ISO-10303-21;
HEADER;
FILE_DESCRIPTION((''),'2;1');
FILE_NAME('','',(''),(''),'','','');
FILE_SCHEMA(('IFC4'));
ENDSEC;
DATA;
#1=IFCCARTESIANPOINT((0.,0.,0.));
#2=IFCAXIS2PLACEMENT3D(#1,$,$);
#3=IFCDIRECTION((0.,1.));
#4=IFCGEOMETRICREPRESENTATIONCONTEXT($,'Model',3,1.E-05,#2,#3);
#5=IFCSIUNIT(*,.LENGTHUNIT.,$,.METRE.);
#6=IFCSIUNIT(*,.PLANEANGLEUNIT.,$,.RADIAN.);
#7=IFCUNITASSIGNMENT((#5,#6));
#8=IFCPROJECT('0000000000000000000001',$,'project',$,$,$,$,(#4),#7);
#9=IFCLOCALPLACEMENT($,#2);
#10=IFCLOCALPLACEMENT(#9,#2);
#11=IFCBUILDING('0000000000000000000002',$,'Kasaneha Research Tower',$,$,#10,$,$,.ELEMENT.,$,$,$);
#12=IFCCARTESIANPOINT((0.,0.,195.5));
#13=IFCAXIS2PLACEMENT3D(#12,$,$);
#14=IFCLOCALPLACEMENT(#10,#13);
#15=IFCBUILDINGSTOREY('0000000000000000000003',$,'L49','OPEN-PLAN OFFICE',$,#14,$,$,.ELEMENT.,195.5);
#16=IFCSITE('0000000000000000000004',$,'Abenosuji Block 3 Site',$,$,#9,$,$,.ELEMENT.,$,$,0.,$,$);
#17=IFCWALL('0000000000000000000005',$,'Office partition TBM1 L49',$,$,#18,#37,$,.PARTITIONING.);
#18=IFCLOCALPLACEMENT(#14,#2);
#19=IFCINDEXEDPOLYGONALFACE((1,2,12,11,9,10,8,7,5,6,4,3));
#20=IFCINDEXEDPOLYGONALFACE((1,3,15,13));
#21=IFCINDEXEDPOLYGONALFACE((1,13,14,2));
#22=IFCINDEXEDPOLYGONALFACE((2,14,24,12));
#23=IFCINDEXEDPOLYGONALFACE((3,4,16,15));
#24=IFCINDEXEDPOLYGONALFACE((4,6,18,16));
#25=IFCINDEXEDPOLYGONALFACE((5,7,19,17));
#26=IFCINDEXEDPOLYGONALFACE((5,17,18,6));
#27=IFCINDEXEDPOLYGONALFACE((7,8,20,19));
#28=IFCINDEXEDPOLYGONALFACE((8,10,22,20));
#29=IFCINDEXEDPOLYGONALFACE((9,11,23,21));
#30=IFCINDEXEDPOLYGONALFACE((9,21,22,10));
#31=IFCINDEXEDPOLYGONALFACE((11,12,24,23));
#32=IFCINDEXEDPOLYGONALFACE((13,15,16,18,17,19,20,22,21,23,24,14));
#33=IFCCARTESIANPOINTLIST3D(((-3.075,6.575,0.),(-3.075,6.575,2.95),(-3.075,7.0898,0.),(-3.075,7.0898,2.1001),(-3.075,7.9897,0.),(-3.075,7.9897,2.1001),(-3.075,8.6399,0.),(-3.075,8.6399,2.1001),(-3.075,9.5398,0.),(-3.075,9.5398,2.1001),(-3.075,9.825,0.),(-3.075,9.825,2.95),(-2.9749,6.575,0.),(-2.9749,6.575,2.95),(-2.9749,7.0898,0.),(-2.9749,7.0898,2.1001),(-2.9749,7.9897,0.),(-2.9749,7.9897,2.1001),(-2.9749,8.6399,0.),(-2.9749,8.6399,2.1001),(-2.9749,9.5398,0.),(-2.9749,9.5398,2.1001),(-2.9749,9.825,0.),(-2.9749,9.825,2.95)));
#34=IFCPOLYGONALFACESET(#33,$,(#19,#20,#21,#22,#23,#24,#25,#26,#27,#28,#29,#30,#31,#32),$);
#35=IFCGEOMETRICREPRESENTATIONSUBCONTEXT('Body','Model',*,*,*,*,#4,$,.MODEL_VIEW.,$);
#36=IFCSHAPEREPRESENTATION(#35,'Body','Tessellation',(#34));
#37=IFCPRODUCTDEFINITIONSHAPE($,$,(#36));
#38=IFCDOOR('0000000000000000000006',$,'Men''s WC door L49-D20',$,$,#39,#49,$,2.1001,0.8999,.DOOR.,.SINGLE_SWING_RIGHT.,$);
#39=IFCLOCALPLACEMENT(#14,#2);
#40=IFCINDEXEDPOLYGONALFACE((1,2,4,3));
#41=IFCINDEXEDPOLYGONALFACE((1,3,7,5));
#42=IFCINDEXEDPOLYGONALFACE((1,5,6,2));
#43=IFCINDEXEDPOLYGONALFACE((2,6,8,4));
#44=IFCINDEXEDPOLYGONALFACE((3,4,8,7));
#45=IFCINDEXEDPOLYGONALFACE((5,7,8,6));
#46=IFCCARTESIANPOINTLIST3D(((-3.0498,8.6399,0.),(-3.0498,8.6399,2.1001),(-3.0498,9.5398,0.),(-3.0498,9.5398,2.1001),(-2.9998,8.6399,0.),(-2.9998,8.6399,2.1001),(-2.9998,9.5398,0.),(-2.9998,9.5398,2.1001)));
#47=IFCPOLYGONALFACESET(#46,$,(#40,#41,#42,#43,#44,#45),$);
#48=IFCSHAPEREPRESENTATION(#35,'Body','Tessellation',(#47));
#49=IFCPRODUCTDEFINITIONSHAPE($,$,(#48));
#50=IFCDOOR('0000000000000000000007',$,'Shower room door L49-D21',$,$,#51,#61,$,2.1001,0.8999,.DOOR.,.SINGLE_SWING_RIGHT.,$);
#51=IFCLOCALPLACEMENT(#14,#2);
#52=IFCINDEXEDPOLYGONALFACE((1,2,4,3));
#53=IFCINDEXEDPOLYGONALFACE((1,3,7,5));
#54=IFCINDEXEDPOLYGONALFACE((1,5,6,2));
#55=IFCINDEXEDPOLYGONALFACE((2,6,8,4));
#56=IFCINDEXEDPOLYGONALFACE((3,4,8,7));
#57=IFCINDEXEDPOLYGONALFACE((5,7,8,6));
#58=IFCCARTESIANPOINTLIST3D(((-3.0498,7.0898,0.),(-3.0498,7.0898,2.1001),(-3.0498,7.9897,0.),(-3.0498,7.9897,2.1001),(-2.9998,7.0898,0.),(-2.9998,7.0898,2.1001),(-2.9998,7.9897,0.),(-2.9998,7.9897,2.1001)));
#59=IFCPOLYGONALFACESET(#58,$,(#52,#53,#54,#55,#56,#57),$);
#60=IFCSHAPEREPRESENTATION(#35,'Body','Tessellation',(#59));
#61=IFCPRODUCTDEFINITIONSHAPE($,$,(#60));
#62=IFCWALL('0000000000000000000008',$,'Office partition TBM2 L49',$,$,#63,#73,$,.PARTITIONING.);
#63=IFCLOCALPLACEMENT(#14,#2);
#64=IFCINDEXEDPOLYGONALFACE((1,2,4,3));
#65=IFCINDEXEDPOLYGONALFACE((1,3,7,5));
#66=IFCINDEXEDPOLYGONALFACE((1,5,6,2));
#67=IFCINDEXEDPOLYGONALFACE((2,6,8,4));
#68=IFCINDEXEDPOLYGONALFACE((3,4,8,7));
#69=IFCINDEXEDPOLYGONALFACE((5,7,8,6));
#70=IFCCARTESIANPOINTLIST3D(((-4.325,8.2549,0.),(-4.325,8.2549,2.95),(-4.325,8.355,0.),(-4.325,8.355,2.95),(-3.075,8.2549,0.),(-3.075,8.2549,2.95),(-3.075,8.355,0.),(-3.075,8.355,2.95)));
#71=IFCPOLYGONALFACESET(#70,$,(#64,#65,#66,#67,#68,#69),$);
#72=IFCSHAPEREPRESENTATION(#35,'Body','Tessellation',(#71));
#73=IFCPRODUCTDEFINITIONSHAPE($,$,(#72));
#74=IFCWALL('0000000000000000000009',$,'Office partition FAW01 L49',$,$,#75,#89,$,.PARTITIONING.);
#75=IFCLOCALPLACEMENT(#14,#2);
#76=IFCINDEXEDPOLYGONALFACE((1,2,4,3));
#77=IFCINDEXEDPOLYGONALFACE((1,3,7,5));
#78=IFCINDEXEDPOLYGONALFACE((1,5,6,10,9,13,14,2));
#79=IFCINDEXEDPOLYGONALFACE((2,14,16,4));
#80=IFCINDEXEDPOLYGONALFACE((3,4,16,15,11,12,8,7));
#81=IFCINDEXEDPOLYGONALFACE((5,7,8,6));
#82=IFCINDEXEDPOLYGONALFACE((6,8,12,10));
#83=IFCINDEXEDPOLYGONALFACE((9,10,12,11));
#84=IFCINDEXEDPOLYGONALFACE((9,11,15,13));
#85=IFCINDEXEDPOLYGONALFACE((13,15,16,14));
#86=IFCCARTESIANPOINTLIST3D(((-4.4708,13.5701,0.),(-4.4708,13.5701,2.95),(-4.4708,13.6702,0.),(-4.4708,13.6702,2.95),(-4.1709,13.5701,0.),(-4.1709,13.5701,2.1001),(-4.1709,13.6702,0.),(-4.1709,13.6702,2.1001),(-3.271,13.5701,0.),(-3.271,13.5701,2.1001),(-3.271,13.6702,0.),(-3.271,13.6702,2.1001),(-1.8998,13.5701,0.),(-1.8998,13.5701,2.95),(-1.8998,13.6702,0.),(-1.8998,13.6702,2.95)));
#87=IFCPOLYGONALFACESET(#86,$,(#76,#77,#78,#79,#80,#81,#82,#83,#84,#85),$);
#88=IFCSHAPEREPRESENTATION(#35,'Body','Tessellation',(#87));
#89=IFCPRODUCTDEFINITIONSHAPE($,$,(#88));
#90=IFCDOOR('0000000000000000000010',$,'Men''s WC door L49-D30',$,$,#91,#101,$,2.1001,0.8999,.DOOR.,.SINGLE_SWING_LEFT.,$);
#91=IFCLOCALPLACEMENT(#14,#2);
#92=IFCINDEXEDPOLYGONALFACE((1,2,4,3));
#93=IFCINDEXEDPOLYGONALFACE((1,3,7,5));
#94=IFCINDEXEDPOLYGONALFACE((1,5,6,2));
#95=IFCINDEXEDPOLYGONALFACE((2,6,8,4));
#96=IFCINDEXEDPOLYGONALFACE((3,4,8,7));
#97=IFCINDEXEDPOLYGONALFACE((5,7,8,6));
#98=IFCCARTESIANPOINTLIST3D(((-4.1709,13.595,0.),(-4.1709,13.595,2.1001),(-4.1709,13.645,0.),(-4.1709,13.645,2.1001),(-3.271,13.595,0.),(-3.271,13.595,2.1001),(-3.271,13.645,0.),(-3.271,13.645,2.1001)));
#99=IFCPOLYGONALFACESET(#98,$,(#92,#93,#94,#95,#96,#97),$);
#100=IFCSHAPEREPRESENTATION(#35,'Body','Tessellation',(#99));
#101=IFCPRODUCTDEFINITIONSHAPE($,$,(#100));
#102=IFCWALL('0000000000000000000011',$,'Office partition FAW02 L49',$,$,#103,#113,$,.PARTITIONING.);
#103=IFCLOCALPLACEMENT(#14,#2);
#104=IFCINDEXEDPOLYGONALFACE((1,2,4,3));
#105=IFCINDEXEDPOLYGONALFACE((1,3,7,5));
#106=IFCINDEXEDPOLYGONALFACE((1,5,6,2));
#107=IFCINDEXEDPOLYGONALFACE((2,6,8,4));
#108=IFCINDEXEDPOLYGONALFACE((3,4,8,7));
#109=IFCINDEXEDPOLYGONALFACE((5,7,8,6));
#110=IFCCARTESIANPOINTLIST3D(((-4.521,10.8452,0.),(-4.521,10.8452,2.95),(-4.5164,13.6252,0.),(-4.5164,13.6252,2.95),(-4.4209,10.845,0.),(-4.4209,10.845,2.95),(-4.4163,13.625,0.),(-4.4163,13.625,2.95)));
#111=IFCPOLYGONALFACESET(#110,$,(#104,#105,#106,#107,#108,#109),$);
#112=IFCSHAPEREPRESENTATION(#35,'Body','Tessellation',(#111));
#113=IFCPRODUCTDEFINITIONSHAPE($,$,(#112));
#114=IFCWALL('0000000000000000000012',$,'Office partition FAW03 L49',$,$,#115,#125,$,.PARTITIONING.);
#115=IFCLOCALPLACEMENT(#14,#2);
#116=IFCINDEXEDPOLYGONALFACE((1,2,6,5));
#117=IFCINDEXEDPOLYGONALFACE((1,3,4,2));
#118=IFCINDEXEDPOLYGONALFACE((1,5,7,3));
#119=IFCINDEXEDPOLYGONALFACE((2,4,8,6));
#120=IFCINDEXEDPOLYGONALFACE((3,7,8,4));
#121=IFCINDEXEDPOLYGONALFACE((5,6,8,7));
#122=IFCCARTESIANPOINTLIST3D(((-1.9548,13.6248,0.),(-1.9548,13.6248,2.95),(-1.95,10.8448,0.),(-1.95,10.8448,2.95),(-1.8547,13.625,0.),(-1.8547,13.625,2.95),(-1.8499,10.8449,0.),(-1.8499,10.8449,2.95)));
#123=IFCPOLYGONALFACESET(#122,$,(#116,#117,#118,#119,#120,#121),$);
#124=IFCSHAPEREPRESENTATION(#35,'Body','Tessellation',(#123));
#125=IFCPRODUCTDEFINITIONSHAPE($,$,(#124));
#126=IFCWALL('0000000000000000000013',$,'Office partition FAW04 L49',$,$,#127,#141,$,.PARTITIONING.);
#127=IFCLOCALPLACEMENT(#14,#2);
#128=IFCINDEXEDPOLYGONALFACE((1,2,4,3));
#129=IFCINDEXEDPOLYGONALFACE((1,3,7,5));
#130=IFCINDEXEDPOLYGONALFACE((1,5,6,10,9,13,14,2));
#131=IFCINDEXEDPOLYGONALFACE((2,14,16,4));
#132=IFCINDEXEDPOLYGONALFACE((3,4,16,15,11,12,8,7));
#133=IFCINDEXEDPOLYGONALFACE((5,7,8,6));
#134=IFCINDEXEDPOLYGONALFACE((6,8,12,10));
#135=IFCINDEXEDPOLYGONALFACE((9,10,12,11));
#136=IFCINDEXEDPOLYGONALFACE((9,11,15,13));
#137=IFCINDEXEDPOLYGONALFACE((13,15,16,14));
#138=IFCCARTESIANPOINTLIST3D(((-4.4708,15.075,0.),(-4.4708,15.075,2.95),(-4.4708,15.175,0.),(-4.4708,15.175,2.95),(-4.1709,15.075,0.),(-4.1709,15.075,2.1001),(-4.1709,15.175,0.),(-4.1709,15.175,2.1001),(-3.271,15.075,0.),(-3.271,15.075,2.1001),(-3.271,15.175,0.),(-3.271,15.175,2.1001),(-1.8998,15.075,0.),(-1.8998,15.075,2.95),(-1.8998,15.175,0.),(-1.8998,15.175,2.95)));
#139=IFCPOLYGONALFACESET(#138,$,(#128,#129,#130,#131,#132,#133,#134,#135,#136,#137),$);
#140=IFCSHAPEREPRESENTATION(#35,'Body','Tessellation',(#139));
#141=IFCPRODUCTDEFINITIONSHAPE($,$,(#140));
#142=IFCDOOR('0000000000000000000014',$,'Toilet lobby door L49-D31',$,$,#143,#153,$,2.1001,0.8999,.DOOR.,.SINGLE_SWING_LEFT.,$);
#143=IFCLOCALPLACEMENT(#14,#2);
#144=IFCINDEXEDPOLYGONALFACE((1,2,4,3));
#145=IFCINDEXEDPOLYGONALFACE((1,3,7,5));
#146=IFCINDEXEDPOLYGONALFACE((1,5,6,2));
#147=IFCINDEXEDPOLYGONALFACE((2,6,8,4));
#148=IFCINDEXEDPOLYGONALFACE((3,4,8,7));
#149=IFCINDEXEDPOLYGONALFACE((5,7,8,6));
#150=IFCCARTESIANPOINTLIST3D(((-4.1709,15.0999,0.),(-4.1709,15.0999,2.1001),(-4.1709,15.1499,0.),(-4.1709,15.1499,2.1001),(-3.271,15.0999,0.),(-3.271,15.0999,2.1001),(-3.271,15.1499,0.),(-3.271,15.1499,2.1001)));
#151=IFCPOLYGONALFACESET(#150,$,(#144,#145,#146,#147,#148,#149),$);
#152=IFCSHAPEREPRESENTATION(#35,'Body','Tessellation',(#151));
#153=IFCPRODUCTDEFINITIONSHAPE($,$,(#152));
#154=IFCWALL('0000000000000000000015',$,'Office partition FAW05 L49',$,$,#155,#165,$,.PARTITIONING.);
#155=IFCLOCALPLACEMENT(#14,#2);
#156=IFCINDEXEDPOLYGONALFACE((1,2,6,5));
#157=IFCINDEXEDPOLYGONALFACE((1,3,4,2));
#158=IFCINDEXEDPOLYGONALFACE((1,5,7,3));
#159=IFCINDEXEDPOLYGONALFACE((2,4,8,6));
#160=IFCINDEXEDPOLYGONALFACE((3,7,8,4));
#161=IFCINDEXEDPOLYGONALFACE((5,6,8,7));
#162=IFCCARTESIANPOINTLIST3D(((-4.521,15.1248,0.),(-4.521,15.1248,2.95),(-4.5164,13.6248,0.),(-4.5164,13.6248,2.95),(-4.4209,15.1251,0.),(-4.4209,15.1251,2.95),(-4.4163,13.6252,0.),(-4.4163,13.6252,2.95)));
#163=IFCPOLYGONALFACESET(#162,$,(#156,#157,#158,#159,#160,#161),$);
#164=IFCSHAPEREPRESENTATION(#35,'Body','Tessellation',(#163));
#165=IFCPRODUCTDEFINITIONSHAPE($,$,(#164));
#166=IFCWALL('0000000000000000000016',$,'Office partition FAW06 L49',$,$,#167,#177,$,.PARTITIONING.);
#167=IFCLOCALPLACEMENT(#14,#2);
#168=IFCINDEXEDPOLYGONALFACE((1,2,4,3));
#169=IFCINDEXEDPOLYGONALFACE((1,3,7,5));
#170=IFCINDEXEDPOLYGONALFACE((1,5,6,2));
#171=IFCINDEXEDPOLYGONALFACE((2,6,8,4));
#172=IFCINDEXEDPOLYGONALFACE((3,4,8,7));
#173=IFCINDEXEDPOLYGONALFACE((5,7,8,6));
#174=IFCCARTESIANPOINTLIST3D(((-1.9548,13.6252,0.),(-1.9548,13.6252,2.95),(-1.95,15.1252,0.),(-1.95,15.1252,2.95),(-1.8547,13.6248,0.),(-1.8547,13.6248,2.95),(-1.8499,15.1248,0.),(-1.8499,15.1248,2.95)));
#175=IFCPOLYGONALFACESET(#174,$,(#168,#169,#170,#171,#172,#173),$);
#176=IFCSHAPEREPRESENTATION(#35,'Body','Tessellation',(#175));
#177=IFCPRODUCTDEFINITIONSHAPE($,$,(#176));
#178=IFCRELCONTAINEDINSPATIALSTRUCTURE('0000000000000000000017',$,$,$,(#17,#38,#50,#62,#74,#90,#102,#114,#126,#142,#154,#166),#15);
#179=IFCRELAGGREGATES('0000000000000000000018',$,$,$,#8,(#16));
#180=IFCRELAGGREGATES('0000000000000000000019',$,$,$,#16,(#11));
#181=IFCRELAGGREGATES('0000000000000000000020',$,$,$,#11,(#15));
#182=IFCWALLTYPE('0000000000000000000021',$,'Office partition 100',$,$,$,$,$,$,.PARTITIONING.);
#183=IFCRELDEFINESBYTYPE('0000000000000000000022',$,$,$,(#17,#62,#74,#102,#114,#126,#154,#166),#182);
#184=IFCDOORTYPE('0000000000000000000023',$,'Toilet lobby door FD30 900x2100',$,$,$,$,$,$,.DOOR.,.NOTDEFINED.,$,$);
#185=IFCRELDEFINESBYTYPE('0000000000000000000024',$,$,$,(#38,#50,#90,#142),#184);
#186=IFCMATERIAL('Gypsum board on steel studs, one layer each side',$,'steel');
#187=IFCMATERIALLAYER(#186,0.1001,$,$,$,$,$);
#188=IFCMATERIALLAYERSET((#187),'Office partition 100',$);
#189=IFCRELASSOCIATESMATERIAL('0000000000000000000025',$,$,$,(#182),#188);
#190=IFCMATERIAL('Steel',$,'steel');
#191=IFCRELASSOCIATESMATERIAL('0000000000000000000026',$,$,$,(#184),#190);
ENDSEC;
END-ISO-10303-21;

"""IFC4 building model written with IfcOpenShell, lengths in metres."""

from ifc_helpers import new_model, si_unit, direction, frame, frame_2d, origin, place, context, subcontext, project, spatial, rectangle, extrude, material, layer, layer_set, type_object, element, fill, save


model = new_model("IFC4")

# Units and contexts
model_context = context("Model", 3, precision=1e-05, world=origin(), true_north=direction((0.0, 1.0)))
body_context = subcontext(model_context, "Body", "Model", "MODEL_VIEW")
ifc_project = project(units=[si_unit("LENGTHUNIT", "METRE"), si_unit("PLANEANGLEUNIT", "RADIAN")], contexts=[model_context])

# Site, building, storey
site_placement = place(None, origin())
site = spatial("IfcSite", under=ifc_project, at=site_placement, Name="Abenosuji Block 3 Site", CompositionType="ELEMENT", RefElevation=0.0)
building_placement = place(site_placement, origin())
building = spatial("IfcBuilding", under=site, at=building_placement, Name="Kasaneha Research Tower", CompositionType="ELEMENT")
storey_placement = place(building_placement, frame((0.0, 0.0, 195.5)))
storey = spatial("IfcBuildingStorey", under=building, at=storey_placement, Name="L49", Description="OPEN-PLAN OFFICE", CompositionType="ELEMENT", Elevation=195.5)

# Wall, openings, doors
ifc_material_1 = material(Name="Gypsum board on steel studs, one layer each side", Category="steel")
ifc_layer_1 = layer(ifc_material_1, 0.1001)
ifc_layer_set_1 = layer_set([ifc_layer_1], Name="Office partition 100")
wall_type_1 = type_object("IfcWallType", Name="Office partition 100", PredefinedType="PARTITIONING", material=ifc_layer_set_1)
wall_1_placement = place(storey_placement, frame((-3.0249, 6.575, 0.0), z_axis=(0.0, 0.0, 1.0), x_axis=(0.0, 1.0, 0.0)))
wall_1 = element("IfcWall", 1, at=wall_1_placement, inside=storey, type_object=wall_type_1, Name="Office partition TBM1 L49", PredefinedType="PARTITIONING", context=body_context, shape_type="SweptSolid", body=[
    extrude(rectangle(XDim=3.25, YDim=0.1001, at=frame_2d((1.625, 0.0))), origin(), (0.0, 0.0, 1.0), 2.95),
])
opening_1_placement = place(wall_1_placement, frame((2.0649, 0.0, 0.0)))
opening_1 = element("IfcOpeningElement", 2, at=opening_1_placement, cuts=wall_1, PredefinedType="OPENING", context=body_context, shape_type="SweptSolid", body=[
    extrude(rectangle(XDim=0.8999, YDim=2.1001, at=frame_2d((0.45, 1.05))), frame((0.0, 0.0601, 0.0), z_axis=(0.0, -1.0, 0.0), x_axis=(1.0, 0.0, 0.0)), (0.0, 0.0, 1.0), 0.1201),
])
opening_2_placement = place(wall_1_placement, frame((0.5149, 0.0, 0.0)))
opening_2 = element("IfcOpeningElement", 3, at=opening_2_placement, cuts=wall_1, PredefinedType="OPENING", context=body_context, shape_type="SweptSolid", body=[
    extrude(rectangle(XDim=0.8999, YDim=2.1001, at=frame_2d((0.45, 1.05))), frame((0.0, 0.0601, 0.0), z_axis=(0.0, -1.0, 0.0), x_axis=(1.0, 0.0, 0.0)), (0.0, 0.0, 1.0), 0.1201),
])
ifc_material_2 = material(Name="Steel", Category="steel")
door_type_1 = type_object("IfcDoorType", Name="Toilet lobby door FD30 900x2100", OperationType="NOTDEFINED", PredefinedType="DOOR", material=ifc_material_2)
door_1_placement = place(opening_1_placement, origin())
door_1 = element("IfcDoor", 4, at=door_1_placement, inside=storey, type_object=door_type_1, Name="Men's WC door L49-D20", OperationType="SINGLE_SWING_RIGHT", OverallHeight=2.1001, OverallWidth=0.8999, PredefinedType="DOOR", context=body_context, shape_type="SweptSolid", body=[
    extrude(rectangle(XDim=0.8999, YDim=2.1001, at=frame_2d((0.45, 1.05))), frame((0.0, 0.0249, 0.0), z_axis=(0.0, -1.0, 0.0), x_axis=(1.0, 0.0, 0.0)), (0.0, 0.0, 1.0), 0.05),
])
fill(opening_1, door_1)
door_2_placement = place(opening_2_placement, origin())
door_2 = element("IfcDoor", 5, at=door_2_placement, inside=storey, type_object=door_type_1, Name="Shower room door L49-D21", OperationType="SINGLE_SWING_RIGHT", OverallHeight=2.1001, OverallWidth=0.8999, PredefinedType="DOOR", context=body_context, shape_type="SweptSolid", body=[
    extrude(rectangle(XDim=0.8999, YDim=2.1001, at=frame_2d((0.45, 1.05))), frame((0.0, 0.0249, 0.0), z_axis=(0.0, -1.0, 0.0), x_axis=(1.0, 0.0, 0.0)), (0.0, 0.0, 1.0), 0.05),
])
fill(opening_2, door_2)

# Wall
wall_2_placement = place(storey_placement, frame((-3.075, 8.3049, 0.0), z_axis=(0.0, 0.0, 1.0), x_axis=(-1.0, 0.0, 0.0)))
element("IfcWall", 6, at=wall_2_placement, inside=storey, type_object=wall_type_1, Name="Office partition TBM2 L49", PredefinedType="PARTITIONING", context=body_context, shape_type="SweptSolid", body=[
    extrude(rectangle(XDim=1.25, YDim=0.1001, at=frame_2d((0.625, 0.0))), origin(), (0.0, 0.0, 1.0), 2.95),
])

# Wall, opening, door
wall_3_placement = place(storey_placement, frame((-4.4709, 13.6201, 0.0), z_axis=(0.0, 0.0, 1.0), x_axis=(1.0, 0.0, 0.0)))
wall_3 = element("IfcWall", 7, at=wall_3_placement, inside=storey, type_object=wall_type_1, Name="Office partition FAW01 L49", PredefinedType="PARTITIONING", context=body_context, shape_type="SweptSolid", body=[
    extrude(rectangle(XDim=2.571, YDim=0.1001, at=frame_2d((1.2856, 0.0))), origin(), (0.0, 0.0, 1.0), 2.95),
])
opening_3_placement = place(wall_3_placement, frame((0.3, 0.0, 0.0)))
opening_3 = element("IfcOpeningElement", 8, at=opening_3_placement, cuts=wall_3, PredefinedType="OPENING", context=body_context, shape_type="SweptSolid", body=[
    extrude(rectangle(XDim=0.8999, YDim=2.1001, at=frame_2d((0.45, 1.05))), frame((0.0, 0.0601, 0.0), z_axis=(0.0, -1.0, 0.0), x_axis=(1.0, 0.0, 0.0)), (0.0, 0.0, 1.0), 0.1201),
])
door_3_placement = place(opening_3_placement, origin())
door_3 = element("IfcDoor", 9, at=door_3_placement, inside=storey, type_object=door_type_1, Name="Men's WC door L49-D30", OperationType="SINGLE_SWING_LEFT", OverallHeight=2.1001, OverallWidth=0.8999, PredefinedType="DOOR", context=body_context, shape_type="SweptSolid", body=[
    extrude(rectangle(XDim=0.8999, YDim=2.1001, at=frame_2d((0.45, 1.05))), frame((0.0, 0.0249, 0.0), z_axis=(0.0, -1.0, 0.0), x_axis=(1.0, 0.0, 0.0)), (0.0, 0.0, 1.0), 0.05),
])
fill(opening_3, door_3)

# Walls
for number, where, z_axis, x_axis, name in (
    (10, (-4.4709, 10.845, 0.0), (0.0, 0.0, 1.0), (0.001669, 0.999999, 0.0), "Office partition FAW02 L49"),
    (11, (-1.9048, 13.625, 0.0), (0.0, 0.0, 1.0), (0.001756, -0.999998, 0.0), "Office partition FAW03 L49"),
):
    element("IfcWall", number, at=place(storey_placement, frame(where, z_axis=z_axis, x_axis=x_axis)), inside=storey, type_object=wall_type_1, Name=name, PredefinedType="PARTITIONING", context=body_context, shape_type="SweptSolid", body=[
        extrude(rectangle(XDim=2.78, YDim=0.1001, at=frame_2d((1.3901, 0.0))), origin(), (0.0, 0.0, 1.0), 2.95),
    ])

# Wall, opening, door
wall_4_placement = place(storey_placement, frame((-4.4709, 15.125, 0.0), z_axis=(0.0, 0.0, 1.0), x_axis=(1.0, 0.0, 0.0)))
wall_4 = element("IfcWall", 12, at=wall_4_placement, inside=storey, type_object=wall_type_1, Name="Office partition FAW04 L49", PredefinedType="PARTITIONING", context=body_context, shape_type="SweptSolid", body=[
    extrude(rectangle(XDim=2.571, YDim=0.1001, at=frame_2d((1.2856, 0.0))), origin(), (0.0, 0.0, 1.0), 2.95),
])
opening_4_placement = place(wall_4_placement, frame((0.3, 0.0, 0.0)))
opening_4 = element("IfcOpeningElement", 13, at=opening_4_placement, cuts=wall_4, PredefinedType="OPENING", context=body_context, shape_type="SweptSolid", body=[
    extrude(rectangle(XDim=0.8999, YDim=2.1001, at=frame_2d((0.45, 1.05))), frame((0.0, 0.0601, 0.0), z_axis=(0.0, -1.0, 0.0), x_axis=(1.0, 0.0, 0.0)), (0.0, 0.0, 1.0), 0.1201),
])
door_4_placement = place(opening_4_placement, origin())
door_4 = element("IfcDoor", 14, at=door_4_placement, inside=storey, type_object=door_type_1, Name="Toilet lobby door L49-D31", OperationType="SINGLE_SWING_LEFT", OverallHeight=2.1001, OverallWidth=0.8999, PredefinedType="DOOR", context=body_context, shape_type="SweptSolid", body=[
    extrude(rectangle(XDim=0.8999, YDim=2.1001, at=frame_2d((0.45, 1.05))), frame((0.0, 0.0249, 0.0), z_axis=(0.0, -1.0, 0.0), x_axis=(1.0, 0.0, 0.0)), (0.0, 0.0, 1.0), 0.05),
])
fill(opening_4, door_4)

# Walls
for number, where, z_axis, x_axis, name in (
    (15, (-4.4663, 13.625, 0.0), (0.0, 0.0, 1.0), (-0.003092, 0.999995, 0.0), "Office partition FAW05 L49"),
    (16, (-1.8999, 15.125, 0.0), (0.0, 0.0, 1.0), (-0.003255, -0.999995, 0.0), "Office partition FAW06 L49"),
):
    element("IfcWall", number, at=place(storey_placement, frame(where, z_axis=z_axis, x_axis=x_axis)), inside=storey, type_object=wall_type_1, Name=name, PredefinedType="PARTITIONING", context=body_context, shape_type="SweptSolid", body=[
        extrude(rectangle(XDim=1.5, YDim=0.1001, at=frame_2d((0.75, 0.0))), origin(), (0.0, 0.0, 1.0), 2.95),
    ])

save(model, "model.ifc")
